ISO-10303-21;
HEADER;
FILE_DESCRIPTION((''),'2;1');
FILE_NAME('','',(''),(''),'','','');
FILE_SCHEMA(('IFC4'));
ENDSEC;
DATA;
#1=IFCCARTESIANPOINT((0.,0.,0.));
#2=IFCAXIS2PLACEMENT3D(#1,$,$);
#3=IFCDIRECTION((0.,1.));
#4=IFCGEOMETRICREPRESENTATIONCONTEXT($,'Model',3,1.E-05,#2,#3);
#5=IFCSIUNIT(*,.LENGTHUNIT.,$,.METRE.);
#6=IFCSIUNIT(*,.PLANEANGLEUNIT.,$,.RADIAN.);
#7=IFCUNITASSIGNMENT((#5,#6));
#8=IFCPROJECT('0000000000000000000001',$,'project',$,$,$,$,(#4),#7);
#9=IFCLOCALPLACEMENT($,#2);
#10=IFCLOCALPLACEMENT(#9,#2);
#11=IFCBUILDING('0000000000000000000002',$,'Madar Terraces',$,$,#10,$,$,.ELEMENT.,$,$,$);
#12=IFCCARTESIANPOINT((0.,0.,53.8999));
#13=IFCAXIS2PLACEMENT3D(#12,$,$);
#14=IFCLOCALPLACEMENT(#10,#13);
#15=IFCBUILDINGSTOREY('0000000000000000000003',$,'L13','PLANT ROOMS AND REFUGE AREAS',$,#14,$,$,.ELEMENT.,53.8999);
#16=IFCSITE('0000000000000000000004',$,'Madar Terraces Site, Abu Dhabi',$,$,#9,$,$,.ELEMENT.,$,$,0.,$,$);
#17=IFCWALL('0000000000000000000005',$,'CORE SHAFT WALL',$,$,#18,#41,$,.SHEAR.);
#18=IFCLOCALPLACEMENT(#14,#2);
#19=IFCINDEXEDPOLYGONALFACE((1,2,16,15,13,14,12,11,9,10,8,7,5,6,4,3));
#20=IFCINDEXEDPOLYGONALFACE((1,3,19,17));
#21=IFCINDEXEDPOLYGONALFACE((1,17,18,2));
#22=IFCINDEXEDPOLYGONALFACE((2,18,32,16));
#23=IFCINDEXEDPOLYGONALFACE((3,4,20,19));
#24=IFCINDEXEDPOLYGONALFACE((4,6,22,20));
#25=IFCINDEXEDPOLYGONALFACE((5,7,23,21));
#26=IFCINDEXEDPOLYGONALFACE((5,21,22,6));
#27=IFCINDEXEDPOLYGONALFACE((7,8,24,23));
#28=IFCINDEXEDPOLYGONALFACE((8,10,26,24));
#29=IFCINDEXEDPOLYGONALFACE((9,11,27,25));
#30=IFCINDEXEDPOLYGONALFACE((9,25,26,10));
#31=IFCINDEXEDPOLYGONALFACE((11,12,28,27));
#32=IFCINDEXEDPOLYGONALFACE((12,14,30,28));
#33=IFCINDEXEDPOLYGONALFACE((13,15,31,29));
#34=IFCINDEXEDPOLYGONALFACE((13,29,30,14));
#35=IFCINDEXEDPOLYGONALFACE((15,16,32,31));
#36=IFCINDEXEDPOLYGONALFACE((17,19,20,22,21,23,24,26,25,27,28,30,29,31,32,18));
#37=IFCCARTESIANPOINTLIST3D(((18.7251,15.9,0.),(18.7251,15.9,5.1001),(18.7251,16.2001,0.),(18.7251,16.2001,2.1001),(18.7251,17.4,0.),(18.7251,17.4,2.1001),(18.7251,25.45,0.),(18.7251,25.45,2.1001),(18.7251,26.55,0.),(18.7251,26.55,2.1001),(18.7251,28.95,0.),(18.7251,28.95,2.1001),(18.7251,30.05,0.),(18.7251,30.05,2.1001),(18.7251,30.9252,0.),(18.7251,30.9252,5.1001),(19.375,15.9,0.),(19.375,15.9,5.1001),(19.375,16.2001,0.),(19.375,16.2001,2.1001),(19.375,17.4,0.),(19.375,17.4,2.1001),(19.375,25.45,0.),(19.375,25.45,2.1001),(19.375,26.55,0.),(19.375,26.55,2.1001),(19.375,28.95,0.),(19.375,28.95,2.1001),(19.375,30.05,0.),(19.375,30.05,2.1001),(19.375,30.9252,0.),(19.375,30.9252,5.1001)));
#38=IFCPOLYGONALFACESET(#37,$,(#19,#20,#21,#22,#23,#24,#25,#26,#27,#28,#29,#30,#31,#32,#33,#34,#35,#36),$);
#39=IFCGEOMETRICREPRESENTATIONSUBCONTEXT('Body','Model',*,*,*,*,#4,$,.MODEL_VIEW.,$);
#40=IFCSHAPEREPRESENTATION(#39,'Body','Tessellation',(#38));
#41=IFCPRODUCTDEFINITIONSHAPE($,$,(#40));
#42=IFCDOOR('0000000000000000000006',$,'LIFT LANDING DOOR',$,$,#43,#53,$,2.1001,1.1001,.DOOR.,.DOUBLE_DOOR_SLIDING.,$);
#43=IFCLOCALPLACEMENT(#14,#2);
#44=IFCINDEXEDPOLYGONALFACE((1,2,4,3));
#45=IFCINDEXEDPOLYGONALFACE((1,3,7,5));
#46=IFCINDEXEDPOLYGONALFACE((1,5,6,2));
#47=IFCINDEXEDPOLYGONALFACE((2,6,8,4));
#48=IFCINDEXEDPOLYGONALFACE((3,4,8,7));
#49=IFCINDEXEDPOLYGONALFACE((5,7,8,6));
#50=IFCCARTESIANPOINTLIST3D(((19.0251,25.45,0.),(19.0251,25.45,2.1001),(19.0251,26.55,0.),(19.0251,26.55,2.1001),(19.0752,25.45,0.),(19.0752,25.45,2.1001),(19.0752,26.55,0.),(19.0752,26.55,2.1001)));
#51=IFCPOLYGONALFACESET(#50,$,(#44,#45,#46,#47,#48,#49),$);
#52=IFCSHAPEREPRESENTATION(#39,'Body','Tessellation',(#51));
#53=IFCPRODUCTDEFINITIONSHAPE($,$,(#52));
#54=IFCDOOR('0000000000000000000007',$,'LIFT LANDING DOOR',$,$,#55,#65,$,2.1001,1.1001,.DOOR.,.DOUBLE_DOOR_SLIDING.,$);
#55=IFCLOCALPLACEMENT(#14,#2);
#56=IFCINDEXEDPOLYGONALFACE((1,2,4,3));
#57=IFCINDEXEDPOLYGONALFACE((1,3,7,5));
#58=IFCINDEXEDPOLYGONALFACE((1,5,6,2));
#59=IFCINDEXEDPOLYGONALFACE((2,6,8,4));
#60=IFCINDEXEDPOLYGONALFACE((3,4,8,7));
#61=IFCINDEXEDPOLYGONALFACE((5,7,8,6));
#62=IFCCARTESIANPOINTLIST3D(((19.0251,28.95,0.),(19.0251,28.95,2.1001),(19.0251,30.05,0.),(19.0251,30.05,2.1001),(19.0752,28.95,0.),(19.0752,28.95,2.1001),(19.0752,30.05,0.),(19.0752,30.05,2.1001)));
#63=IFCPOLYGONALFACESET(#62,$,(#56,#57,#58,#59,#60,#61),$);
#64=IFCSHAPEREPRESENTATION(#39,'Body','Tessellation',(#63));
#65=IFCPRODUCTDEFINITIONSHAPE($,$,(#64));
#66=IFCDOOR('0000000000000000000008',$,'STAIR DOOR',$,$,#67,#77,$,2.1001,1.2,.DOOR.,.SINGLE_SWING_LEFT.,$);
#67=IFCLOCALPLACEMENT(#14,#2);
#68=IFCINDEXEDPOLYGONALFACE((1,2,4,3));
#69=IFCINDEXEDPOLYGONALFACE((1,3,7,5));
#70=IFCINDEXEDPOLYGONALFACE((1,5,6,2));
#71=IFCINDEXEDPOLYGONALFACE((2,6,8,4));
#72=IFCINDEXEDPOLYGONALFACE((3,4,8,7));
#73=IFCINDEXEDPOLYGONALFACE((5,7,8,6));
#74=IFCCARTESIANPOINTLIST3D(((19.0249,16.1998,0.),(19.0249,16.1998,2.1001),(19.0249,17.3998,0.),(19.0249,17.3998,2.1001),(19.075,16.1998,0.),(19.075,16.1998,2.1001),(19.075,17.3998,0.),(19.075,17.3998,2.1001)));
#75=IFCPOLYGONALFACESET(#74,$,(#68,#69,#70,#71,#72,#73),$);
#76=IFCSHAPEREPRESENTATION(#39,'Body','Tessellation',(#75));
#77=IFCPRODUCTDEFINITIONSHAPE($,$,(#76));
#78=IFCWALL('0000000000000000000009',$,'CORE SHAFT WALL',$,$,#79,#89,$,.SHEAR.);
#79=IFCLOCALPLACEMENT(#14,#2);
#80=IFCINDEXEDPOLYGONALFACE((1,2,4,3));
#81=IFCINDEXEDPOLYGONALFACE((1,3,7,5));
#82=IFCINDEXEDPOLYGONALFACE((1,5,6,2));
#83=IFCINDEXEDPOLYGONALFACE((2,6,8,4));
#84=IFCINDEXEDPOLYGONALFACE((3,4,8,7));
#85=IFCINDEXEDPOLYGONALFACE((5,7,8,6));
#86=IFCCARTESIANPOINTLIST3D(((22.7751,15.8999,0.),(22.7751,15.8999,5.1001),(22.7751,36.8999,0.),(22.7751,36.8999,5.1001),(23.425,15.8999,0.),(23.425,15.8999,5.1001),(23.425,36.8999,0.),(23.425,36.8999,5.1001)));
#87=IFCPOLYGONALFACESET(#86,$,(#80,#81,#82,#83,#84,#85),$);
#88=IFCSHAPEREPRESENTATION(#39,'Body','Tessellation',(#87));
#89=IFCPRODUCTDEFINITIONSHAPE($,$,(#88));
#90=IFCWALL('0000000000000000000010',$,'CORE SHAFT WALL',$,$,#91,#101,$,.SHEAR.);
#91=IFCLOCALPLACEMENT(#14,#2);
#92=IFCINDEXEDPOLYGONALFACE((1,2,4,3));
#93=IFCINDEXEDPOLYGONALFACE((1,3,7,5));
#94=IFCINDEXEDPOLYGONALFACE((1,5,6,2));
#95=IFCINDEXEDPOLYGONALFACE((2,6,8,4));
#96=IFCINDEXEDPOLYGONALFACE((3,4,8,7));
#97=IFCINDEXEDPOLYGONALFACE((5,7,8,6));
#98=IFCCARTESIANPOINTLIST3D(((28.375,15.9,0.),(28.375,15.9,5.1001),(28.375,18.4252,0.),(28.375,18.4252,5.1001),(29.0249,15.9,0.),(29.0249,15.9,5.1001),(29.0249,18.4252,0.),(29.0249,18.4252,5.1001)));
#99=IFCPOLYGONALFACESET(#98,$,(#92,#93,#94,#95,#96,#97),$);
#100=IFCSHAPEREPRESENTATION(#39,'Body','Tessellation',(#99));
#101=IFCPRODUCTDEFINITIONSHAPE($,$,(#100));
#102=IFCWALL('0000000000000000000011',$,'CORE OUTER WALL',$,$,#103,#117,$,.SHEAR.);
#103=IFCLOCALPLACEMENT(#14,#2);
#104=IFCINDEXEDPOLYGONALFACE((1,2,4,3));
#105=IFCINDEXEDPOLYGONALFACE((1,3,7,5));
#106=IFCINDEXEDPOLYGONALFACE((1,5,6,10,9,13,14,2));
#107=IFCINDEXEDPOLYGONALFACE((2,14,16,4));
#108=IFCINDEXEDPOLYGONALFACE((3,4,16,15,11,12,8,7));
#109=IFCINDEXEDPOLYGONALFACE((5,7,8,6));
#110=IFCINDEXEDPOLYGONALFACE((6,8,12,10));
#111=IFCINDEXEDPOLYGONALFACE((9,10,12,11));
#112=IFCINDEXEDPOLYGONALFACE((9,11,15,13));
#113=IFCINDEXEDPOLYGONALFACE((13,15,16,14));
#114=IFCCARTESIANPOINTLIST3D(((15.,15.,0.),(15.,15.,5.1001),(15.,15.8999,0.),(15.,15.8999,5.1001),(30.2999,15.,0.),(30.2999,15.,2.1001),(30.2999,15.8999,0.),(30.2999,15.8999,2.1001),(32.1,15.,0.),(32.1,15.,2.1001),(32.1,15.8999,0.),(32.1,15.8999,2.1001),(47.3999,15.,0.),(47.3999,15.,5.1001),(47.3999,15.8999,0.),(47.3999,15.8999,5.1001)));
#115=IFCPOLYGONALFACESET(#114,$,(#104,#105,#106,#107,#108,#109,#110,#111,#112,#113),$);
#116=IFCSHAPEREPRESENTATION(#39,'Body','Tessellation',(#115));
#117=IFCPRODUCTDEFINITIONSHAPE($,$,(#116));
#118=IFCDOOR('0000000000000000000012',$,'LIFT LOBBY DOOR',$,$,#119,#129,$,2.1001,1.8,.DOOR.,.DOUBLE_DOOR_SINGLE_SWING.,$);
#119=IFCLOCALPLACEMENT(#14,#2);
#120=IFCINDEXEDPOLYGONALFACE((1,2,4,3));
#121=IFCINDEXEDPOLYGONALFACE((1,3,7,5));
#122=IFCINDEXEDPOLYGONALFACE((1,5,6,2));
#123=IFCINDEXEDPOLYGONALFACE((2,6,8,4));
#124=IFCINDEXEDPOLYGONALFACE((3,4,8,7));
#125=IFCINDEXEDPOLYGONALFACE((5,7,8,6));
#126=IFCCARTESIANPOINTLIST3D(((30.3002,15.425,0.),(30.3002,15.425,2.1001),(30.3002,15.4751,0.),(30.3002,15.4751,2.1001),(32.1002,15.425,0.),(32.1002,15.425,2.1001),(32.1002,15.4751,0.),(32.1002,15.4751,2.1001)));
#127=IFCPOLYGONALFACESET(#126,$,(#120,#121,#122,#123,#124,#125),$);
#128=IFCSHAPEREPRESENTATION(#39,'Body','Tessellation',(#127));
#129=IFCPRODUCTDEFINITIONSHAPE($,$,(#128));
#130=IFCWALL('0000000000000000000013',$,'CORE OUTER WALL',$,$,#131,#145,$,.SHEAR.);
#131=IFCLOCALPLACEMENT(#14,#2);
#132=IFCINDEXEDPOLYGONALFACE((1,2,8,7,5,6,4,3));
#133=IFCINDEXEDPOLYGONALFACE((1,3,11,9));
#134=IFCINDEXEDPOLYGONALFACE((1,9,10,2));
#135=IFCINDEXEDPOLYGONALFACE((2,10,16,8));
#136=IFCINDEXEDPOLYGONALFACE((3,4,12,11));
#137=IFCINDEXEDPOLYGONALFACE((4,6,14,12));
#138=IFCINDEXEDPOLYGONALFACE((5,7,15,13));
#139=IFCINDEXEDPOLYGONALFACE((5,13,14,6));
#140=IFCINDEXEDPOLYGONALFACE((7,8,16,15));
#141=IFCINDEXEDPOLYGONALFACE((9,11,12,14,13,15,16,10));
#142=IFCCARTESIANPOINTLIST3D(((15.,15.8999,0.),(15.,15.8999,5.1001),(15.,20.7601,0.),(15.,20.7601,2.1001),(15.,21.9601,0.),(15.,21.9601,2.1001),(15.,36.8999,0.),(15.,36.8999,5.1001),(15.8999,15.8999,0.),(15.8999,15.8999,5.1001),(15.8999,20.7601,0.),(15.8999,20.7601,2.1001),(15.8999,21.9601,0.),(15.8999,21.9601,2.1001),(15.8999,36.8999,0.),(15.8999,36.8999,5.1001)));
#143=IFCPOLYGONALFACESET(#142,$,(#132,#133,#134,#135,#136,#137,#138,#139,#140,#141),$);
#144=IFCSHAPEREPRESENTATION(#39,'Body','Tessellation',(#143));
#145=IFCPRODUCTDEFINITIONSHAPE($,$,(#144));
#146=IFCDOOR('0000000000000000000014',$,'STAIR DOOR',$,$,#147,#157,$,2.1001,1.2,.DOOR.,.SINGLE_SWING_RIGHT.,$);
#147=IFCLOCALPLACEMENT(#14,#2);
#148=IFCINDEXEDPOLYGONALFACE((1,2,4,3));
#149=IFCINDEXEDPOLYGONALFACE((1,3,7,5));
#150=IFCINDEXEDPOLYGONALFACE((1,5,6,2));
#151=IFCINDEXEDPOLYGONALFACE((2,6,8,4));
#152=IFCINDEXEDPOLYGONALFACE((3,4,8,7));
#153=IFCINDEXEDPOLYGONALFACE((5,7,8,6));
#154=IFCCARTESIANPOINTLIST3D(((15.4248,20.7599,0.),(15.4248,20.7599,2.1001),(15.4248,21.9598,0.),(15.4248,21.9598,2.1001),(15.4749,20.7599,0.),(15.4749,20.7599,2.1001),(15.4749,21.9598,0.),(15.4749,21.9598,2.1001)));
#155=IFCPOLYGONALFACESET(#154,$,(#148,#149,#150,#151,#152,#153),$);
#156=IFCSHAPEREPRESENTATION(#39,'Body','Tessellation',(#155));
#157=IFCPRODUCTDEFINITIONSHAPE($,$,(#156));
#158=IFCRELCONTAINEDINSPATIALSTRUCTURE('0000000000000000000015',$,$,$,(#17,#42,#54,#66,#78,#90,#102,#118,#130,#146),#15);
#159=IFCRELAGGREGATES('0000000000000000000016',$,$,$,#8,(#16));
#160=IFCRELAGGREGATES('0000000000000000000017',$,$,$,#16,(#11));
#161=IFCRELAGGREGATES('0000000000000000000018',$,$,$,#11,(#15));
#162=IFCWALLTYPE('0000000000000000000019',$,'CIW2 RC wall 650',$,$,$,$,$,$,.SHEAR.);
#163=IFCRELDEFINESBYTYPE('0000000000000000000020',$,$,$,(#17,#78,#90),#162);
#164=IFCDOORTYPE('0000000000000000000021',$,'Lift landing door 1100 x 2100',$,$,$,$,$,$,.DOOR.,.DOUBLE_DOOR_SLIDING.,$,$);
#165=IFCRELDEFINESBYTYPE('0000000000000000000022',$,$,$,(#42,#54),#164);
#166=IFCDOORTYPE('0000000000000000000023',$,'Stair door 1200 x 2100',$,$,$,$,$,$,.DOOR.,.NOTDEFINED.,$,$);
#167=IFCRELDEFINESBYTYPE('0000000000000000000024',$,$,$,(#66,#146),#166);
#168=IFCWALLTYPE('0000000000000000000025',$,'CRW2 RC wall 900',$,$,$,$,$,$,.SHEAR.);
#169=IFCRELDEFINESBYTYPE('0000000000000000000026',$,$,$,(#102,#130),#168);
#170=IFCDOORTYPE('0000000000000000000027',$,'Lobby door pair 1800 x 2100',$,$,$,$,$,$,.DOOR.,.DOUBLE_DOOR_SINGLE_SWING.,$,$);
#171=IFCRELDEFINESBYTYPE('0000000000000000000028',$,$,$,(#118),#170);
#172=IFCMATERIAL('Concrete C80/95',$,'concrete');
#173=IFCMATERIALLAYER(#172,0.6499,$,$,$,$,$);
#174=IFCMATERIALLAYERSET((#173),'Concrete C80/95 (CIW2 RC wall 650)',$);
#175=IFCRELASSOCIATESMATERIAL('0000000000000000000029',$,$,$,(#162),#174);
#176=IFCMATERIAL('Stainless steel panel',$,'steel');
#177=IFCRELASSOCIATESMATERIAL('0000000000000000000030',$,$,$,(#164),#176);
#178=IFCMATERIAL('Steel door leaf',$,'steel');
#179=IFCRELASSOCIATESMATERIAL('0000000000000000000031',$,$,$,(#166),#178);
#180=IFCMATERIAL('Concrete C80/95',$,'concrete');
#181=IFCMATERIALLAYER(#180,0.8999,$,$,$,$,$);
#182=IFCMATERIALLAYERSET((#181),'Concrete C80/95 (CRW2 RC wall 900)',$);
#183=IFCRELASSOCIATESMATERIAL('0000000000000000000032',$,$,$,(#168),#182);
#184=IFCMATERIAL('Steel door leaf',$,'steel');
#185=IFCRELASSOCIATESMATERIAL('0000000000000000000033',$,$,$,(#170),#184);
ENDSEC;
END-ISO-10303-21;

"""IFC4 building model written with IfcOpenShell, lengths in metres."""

from ifc_helpers import new_model, si_unit, direction, frame, frame_2d, origin, place, context, subcontext, project, spatial, rectangle, extrude, material, layer, layer_set, type_object, element, fill, save


model = new_model("IFC4")

# Units and contexts
model_context = context("Model", 3, precision=1e-05, world=origin(), true_north=direction((0.0, 1.0)))
body_context = subcontext(model_context, "Body", "Model", "MODEL_VIEW")
ifc_project = project(units=[si_unit("LENGTHUNIT", "METRE"), si_unit("PLANEANGLEUNIT", "RADIAN")], contexts=[model_context])

# Site, building, storey
site_placement = place(None, origin())
site = spatial("IfcSite", under=ifc_project, at=site_placement, Name="Madar Terraces Site, Abu Dhabi", CompositionType="ELEMENT", RefElevation=0.0)
building_placement = place(site_placement, origin())
building = spatial("IfcBuilding", under=site, at=building_placement, Name="Madar Terraces", CompositionType="ELEMENT")
storey_placement = place(building_placement, frame((0.0, 0.0, 53.8999)))
storey = spatial("IfcBuildingStorey", under=building, at=storey_placement, Name="L13", Description="PLANT ROOMS AND REFUGE AREAS", CompositionType="ELEMENT", Elevation=53.8999)

# Wall, openings, doors
ifc_material_1 = material(Name="Concrete C80/95", Category="concrete")
ifc_layer_1 = layer(ifc_material_1, 0.6499)
ifc_layer_set_1 = layer_set([ifc_layer_1], Name="Concrete C80/95 (CIW2 RC wall 650)")
wall_type_1 = type_object("IfcWallType", Name="CIW2 RC wall 650", PredefinedType="SHEAR", material=ifc_layer_set_1)
wall_1_placement = place(storey_placement, frame((19.05, 15.8999, 0.0), z_axis=(0.0, 0.0, 1.0), x_axis=(0.0, 1.0, 0.0)))
wall_1 = element("IfcWall", 1, at=wall_1_placement, inside=storey, type_object=wall_type_1, Name="CORE SHAFT WALL", PredefinedType="SHEAR", context=body_context, shape_type="SweptSolid", body=[
    extrude(rectangle(XDim=15.0251, YDim=0.6499, at=frame_2d((7.5127, 0.0))), origin(), (0.0, 0.0, 1.0), 5.1001),
])
opening_1_placement = place(wall_1_placement, frame((9.55, 0.0, 0.0)))
opening_1 = element("IfcOpeningElement", 2, at=opening_1_placement, cuts=wall_1, PredefinedType="OPENING", context=body_context, shape_type="SweptSolid", body=[
    extrude(rectangle(XDim=1.1001, YDim=2.1001, at=frame_2d((0.55, 1.05))), frame((0.0, 0.335, 0.0), z_axis=(0.0, -1.0, 0.0), x_axis=(1.0, 0.0, 0.0)), (0.0, 0.0, 1.0), 0.6699),
])
opening_2_placement = place(wall_1_placement, frame((13.05, 0.0, 0.0)))
opening_2 = element("IfcOpeningElement", 3, at=opening_2_placement, cuts=wall_1, PredefinedType="OPENING", context=body_context, shape_type="SweptSolid", body=[
    extrude(rectangle(XDim=1.1001, YDim=2.1001, at=frame_2d((0.55, 1.05))), frame((0.0, 0.335, 0.0), z_axis=(0.0, -1.0, 0.0), x_axis=(1.0, 0.0, 0.0)), (0.0, 0.0, 1.0), 0.6699),
])
opening_3_placement = place(wall_1_placement, frame((0.3, 0.0, 0.0)))
opening_3 = element("IfcOpeningElement", 4, at=opening_3_placement, cuts=wall_1, PredefinedType="OPENING", context=body_context, shape_type="SweptSolid", body=[
    extrude(rectangle(XDim=1.2, YDim=2.1001, at=frame_2d((0.6001, 1.05))), frame((0.0, 0.335, 0.0), z_axis=(0.0, -1.0, 0.0), x_axis=(1.0, 0.0, 0.0)), (0.0, 0.0, 1.0), 0.6699),
])
ifc_material_2 = material(Name="Stainless steel panel", Category="steel")
door_type_1 = type_object("IfcDoorType", Name="Lift landing door 1100 x 2100", OperationType="DOUBLE_DOOR_SLIDING", PredefinedType="DOOR", material=ifc_material_2)
door_1_placement = place(opening_1_placement, origin())
door_1 = element("IfcDoor", 5, at=door_1_placement, inside=storey, type_object=door_type_1, Name="LIFT LANDING DOOR", OperationType="DOUBLE_DOOR_SLIDING", OverallHeight=2.1001, OverallWidth=1.1001, PredefinedType="DOOR", context=body_context, shape_type="SweptSolid", body=[
    extrude(rectangle(XDim=1.1001, YDim=2.1001, at=frame_2d((0.55, 1.05))), frame((0.0, 0.0249, 0.0), z_axis=(0.0, -1.0, 0.0), x_axis=(1.0, 0.0, 0.0)), (0.0, 0.0, 1.0), 0.05),
])
fill(opening_1, door_1)
door_2_placement = place(opening_2_placement, origin())
door_2 = element("IfcDoor", 6, at=door_2_placement, inside=storey, type_object=door_type_1, Name="LIFT LANDING DOOR", OperationType="DOUBLE_DOOR_SLIDING", OverallHeight=2.1001, OverallWidth=1.1001, PredefinedType="DOOR", context=body_context, shape_type="SweptSolid", body=[
    extrude(rectangle(XDim=1.1001, YDim=2.1001, at=frame_2d((0.55, 1.05))), frame((0.0, 0.0249, 0.0), z_axis=(0.0, -1.0, 0.0), x_axis=(1.0, 0.0, 0.0)), (0.0, 0.0, 1.0), 0.05),
])
fill(opening_2, door_2)
ifc_material_3 = material(Name="Steel door leaf", Category="steel")
door_type_2 = type_object("IfcDoorType", Name="Stair door 1200 x 2100", OperationType="NOTDEFINED", PredefinedType="DOOR", material=ifc_material_3)
door_3_placement = place(opening_3_placement, frame((1.2, 0.0, 0.0), z_axis=(0.0, 0.0, 1.0), x_axis=(-1.0, 0.0, 0.0)))
door_3 = element("IfcDoor", 7, at=door_3_placement, inside=storey, type_object=door_type_2, Name="STAIR DOOR", OperationType="SINGLE_SWING_LEFT", OverallHeight=2.1001, OverallWidth=1.2, PredefinedType="DOOR", context=body_context, shape_type="SweptSolid", body=[
    extrude(rectangle(XDim=1.2, YDim=2.1001, at=frame_2d((0.6001, 1.05))), frame((0.0, 0.0249, 0.0), z_axis=(0.0, -1.0, 0.0), x_axis=(1.0, 0.0, 0.0)), (0.0, 0.0, 1.0), 0.05),
])
fill(opening_3, door_3)

# Walls
wall_2_placement = place(storey_placement, frame((23.1001, 15.8999, 0.0), z_axis=(0.0, 0.0, 1.0), x_axis=(0.0, 1.0, 0.0)))
element("IfcWall", 8, at=wall_2_placement, inside=storey, type_object=wall_type_1, Name="CORE SHAFT WALL", PredefinedType="SHEAR", context=body_context, shape_type="SweptSolid", body=[
    extrude(rectangle(XDim=21.0, YDim=0.6499, at=frame_2d((10.5, 0.0))), origin(), (0.0, 0.0, 1.0), 5.1001),
])
wall_3_placement = place(storey_placement, frame((28.7, 15.8999, 0.0), z_axis=(0.0, 0.0, 1.0), x_axis=(0.0, 1.0, 0.0)))
element("IfcWall", 9, at=wall_3_placement, inside=storey, type_object=wall_type_1, Name="CORE SHAFT WALL", PredefinedType="SHEAR", context=body_context, shape_type="SweptSolid", body=[
    extrude(rectangle(XDim=2.5251, YDim=0.6499, at=frame_2d((1.2627, 0.0))), origin(), (0.0, 0.0, 1.0), 5.1001),
])

# Walls, openings, doors
ifc_material_4 = material(Name="Concrete C80/95", Category="concrete")
ifc_layer_2 = layer(ifc_material_4, 0.8999)
ifc_layer_set_2 = layer_set([ifc_layer_2], Name="Concrete C80/95 (CRW2 RC wall 900)")
wall_type_2 = type_object("IfcWallType", Name="CRW2 RC wall 900", PredefinedType="SHEAR", material=ifc_layer_set_2)
wall_4_placement = place(storey_placement, frame((15.0, 15.45, 0.0), z_axis=(0.0, 0.0, 1.0), x_axis=(1.0, 0.0, 0.0)))
wall_4 = element("IfcWall", 10, at=wall_4_placement, inside=storey, type_object=wall_type_2, Name="CORE OUTER WALL", PredefinedType="SHEAR", context=body_context, shape_type="SweptSolid", body=[
    extrude(rectangle(XDim=32.3999, YDim=0.8999, at=frame_2d((16.2, 0.0))), origin(), (0.0, 0.0, 1.0), 5.1001),
])
opening_4_placement = place(wall_4_placement, frame((15.3, 0.0, 0.0)))
opening_4 = element("IfcOpeningElement", 11, at=opening_4_placement, cuts=wall_4, PredefinedType="OPENING", context=body_context, shape_type="SweptSolid", body=[
    extrude(rectangle(XDim=1.8, YDim=2.1001, at=frame_2d((0.8999, 1.05))), frame((0.0, 0.46, 0.0), z_axis=(0.0, -1.0, 0.0), x_axis=(1.0, 0.0, 0.0)), (0.0, 0.0, 1.0), 0.9199),
])
ifc_material_5 = material(Name="Steel door leaf", Category="steel")
door_type_3 = type_object("IfcDoorType", Name="Lobby door pair 1800 x 2100", OperationType="DOUBLE_DOOR_SINGLE_SWING", PredefinedType="DOOR", material=ifc_material_5)
door_4_placement = place(opening_4_placement, frame((1.8, 0.0, 0.0), z_axis=(0.0, 0.0, 1.0), x_axis=(-1.0, 0.0, 0.0)))
door_4 = element("IfcDoor", 12, at=door_4_placement, inside=storey, type_object=door_type_3, Name="LIFT LOBBY DOOR", OperationType="DOUBLE_DOOR_SINGLE_SWING", OverallHeight=2.1001, OverallWidth=1.8, PredefinedType="DOOR", context=body_context, shape_type="SweptSolid", body=[
    extrude(rectangle(XDim=1.8, YDim=2.1001, at=frame_2d((0.8999, 1.05))), frame((0.0, 0.0249, 0.0), z_axis=(0.0, -1.0, 0.0), x_axis=(1.0, 0.0, 0.0)), (0.0, 0.0, 1.0), 0.05),
])
fill(opening_4, door_4)
wall_5_placement = place(storey_placement, frame((15.45, 15.8999, 0.0), z_axis=(0.0, 0.0, 1.0), x_axis=(0.0, 1.0, 0.0)))
wall_5 = element("IfcWall", 13, at=wall_5_placement, inside=storey, type_object=wall_type_2, Name="CORE OUTER WALL", PredefinedType="SHEAR", context=body_context, shape_type="SweptSolid", body=[
    extrude(rectangle(XDim=21.0, YDim=0.8999, at=frame_2d((10.5, 0.0))), origin(), (0.0, 0.0, 1.0), 5.1001),
])
opening_5_placement = place(wall_5_placement, frame((4.8601, 0.0, 0.0)))
opening_5 = element("IfcOpeningElement", 14, at=opening_5_placement, cuts=wall_5, PredefinedType="OPENING", context=body_context, shape_type="SweptSolid", body=[
    extrude(rectangle(XDim=1.2, YDim=2.1001, at=frame_2d((0.6001, 1.05))), frame((0.0, 0.46, 0.0), z_axis=(0.0, -1.0, 0.0), x_axis=(1.0, 0.0, 0.0)), (0.0, 0.0, 1.0), 0.9199),
])
door_5_placement = place(opening_5_placement, frame((1.2, 0.0, 0.0), z_axis=(0.0, 0.0, 1.0), x_axis=(-1.0, 0.0, 0.0)))
door_5 = element("IfcDoor", 15, at=door_5_placement, inside=storey, type_object=door_type_2, Name="STAIR DOOR", OperationType="SINGLE_SWING_RIGHT", OverallHeight=2.1001, OverallWidth=1.2, PredefinedType="DOOR", context=body_context, shape_type="SweptSolid", body=[
    extrude(rectangle(XDim=1.2, YDim=2.1001, at=frame_2d((0.6001, 1.05))), frame((0.0, 0.0249, 0.0), z_axis=(0.0, -1.0, 0.0), x_axis=(1.0, 0.0, 0.0)), (0.0, 0.0, 1.0), 0.05),
])
fill(opening_5, door_5)

save(model, "model.ifc")
